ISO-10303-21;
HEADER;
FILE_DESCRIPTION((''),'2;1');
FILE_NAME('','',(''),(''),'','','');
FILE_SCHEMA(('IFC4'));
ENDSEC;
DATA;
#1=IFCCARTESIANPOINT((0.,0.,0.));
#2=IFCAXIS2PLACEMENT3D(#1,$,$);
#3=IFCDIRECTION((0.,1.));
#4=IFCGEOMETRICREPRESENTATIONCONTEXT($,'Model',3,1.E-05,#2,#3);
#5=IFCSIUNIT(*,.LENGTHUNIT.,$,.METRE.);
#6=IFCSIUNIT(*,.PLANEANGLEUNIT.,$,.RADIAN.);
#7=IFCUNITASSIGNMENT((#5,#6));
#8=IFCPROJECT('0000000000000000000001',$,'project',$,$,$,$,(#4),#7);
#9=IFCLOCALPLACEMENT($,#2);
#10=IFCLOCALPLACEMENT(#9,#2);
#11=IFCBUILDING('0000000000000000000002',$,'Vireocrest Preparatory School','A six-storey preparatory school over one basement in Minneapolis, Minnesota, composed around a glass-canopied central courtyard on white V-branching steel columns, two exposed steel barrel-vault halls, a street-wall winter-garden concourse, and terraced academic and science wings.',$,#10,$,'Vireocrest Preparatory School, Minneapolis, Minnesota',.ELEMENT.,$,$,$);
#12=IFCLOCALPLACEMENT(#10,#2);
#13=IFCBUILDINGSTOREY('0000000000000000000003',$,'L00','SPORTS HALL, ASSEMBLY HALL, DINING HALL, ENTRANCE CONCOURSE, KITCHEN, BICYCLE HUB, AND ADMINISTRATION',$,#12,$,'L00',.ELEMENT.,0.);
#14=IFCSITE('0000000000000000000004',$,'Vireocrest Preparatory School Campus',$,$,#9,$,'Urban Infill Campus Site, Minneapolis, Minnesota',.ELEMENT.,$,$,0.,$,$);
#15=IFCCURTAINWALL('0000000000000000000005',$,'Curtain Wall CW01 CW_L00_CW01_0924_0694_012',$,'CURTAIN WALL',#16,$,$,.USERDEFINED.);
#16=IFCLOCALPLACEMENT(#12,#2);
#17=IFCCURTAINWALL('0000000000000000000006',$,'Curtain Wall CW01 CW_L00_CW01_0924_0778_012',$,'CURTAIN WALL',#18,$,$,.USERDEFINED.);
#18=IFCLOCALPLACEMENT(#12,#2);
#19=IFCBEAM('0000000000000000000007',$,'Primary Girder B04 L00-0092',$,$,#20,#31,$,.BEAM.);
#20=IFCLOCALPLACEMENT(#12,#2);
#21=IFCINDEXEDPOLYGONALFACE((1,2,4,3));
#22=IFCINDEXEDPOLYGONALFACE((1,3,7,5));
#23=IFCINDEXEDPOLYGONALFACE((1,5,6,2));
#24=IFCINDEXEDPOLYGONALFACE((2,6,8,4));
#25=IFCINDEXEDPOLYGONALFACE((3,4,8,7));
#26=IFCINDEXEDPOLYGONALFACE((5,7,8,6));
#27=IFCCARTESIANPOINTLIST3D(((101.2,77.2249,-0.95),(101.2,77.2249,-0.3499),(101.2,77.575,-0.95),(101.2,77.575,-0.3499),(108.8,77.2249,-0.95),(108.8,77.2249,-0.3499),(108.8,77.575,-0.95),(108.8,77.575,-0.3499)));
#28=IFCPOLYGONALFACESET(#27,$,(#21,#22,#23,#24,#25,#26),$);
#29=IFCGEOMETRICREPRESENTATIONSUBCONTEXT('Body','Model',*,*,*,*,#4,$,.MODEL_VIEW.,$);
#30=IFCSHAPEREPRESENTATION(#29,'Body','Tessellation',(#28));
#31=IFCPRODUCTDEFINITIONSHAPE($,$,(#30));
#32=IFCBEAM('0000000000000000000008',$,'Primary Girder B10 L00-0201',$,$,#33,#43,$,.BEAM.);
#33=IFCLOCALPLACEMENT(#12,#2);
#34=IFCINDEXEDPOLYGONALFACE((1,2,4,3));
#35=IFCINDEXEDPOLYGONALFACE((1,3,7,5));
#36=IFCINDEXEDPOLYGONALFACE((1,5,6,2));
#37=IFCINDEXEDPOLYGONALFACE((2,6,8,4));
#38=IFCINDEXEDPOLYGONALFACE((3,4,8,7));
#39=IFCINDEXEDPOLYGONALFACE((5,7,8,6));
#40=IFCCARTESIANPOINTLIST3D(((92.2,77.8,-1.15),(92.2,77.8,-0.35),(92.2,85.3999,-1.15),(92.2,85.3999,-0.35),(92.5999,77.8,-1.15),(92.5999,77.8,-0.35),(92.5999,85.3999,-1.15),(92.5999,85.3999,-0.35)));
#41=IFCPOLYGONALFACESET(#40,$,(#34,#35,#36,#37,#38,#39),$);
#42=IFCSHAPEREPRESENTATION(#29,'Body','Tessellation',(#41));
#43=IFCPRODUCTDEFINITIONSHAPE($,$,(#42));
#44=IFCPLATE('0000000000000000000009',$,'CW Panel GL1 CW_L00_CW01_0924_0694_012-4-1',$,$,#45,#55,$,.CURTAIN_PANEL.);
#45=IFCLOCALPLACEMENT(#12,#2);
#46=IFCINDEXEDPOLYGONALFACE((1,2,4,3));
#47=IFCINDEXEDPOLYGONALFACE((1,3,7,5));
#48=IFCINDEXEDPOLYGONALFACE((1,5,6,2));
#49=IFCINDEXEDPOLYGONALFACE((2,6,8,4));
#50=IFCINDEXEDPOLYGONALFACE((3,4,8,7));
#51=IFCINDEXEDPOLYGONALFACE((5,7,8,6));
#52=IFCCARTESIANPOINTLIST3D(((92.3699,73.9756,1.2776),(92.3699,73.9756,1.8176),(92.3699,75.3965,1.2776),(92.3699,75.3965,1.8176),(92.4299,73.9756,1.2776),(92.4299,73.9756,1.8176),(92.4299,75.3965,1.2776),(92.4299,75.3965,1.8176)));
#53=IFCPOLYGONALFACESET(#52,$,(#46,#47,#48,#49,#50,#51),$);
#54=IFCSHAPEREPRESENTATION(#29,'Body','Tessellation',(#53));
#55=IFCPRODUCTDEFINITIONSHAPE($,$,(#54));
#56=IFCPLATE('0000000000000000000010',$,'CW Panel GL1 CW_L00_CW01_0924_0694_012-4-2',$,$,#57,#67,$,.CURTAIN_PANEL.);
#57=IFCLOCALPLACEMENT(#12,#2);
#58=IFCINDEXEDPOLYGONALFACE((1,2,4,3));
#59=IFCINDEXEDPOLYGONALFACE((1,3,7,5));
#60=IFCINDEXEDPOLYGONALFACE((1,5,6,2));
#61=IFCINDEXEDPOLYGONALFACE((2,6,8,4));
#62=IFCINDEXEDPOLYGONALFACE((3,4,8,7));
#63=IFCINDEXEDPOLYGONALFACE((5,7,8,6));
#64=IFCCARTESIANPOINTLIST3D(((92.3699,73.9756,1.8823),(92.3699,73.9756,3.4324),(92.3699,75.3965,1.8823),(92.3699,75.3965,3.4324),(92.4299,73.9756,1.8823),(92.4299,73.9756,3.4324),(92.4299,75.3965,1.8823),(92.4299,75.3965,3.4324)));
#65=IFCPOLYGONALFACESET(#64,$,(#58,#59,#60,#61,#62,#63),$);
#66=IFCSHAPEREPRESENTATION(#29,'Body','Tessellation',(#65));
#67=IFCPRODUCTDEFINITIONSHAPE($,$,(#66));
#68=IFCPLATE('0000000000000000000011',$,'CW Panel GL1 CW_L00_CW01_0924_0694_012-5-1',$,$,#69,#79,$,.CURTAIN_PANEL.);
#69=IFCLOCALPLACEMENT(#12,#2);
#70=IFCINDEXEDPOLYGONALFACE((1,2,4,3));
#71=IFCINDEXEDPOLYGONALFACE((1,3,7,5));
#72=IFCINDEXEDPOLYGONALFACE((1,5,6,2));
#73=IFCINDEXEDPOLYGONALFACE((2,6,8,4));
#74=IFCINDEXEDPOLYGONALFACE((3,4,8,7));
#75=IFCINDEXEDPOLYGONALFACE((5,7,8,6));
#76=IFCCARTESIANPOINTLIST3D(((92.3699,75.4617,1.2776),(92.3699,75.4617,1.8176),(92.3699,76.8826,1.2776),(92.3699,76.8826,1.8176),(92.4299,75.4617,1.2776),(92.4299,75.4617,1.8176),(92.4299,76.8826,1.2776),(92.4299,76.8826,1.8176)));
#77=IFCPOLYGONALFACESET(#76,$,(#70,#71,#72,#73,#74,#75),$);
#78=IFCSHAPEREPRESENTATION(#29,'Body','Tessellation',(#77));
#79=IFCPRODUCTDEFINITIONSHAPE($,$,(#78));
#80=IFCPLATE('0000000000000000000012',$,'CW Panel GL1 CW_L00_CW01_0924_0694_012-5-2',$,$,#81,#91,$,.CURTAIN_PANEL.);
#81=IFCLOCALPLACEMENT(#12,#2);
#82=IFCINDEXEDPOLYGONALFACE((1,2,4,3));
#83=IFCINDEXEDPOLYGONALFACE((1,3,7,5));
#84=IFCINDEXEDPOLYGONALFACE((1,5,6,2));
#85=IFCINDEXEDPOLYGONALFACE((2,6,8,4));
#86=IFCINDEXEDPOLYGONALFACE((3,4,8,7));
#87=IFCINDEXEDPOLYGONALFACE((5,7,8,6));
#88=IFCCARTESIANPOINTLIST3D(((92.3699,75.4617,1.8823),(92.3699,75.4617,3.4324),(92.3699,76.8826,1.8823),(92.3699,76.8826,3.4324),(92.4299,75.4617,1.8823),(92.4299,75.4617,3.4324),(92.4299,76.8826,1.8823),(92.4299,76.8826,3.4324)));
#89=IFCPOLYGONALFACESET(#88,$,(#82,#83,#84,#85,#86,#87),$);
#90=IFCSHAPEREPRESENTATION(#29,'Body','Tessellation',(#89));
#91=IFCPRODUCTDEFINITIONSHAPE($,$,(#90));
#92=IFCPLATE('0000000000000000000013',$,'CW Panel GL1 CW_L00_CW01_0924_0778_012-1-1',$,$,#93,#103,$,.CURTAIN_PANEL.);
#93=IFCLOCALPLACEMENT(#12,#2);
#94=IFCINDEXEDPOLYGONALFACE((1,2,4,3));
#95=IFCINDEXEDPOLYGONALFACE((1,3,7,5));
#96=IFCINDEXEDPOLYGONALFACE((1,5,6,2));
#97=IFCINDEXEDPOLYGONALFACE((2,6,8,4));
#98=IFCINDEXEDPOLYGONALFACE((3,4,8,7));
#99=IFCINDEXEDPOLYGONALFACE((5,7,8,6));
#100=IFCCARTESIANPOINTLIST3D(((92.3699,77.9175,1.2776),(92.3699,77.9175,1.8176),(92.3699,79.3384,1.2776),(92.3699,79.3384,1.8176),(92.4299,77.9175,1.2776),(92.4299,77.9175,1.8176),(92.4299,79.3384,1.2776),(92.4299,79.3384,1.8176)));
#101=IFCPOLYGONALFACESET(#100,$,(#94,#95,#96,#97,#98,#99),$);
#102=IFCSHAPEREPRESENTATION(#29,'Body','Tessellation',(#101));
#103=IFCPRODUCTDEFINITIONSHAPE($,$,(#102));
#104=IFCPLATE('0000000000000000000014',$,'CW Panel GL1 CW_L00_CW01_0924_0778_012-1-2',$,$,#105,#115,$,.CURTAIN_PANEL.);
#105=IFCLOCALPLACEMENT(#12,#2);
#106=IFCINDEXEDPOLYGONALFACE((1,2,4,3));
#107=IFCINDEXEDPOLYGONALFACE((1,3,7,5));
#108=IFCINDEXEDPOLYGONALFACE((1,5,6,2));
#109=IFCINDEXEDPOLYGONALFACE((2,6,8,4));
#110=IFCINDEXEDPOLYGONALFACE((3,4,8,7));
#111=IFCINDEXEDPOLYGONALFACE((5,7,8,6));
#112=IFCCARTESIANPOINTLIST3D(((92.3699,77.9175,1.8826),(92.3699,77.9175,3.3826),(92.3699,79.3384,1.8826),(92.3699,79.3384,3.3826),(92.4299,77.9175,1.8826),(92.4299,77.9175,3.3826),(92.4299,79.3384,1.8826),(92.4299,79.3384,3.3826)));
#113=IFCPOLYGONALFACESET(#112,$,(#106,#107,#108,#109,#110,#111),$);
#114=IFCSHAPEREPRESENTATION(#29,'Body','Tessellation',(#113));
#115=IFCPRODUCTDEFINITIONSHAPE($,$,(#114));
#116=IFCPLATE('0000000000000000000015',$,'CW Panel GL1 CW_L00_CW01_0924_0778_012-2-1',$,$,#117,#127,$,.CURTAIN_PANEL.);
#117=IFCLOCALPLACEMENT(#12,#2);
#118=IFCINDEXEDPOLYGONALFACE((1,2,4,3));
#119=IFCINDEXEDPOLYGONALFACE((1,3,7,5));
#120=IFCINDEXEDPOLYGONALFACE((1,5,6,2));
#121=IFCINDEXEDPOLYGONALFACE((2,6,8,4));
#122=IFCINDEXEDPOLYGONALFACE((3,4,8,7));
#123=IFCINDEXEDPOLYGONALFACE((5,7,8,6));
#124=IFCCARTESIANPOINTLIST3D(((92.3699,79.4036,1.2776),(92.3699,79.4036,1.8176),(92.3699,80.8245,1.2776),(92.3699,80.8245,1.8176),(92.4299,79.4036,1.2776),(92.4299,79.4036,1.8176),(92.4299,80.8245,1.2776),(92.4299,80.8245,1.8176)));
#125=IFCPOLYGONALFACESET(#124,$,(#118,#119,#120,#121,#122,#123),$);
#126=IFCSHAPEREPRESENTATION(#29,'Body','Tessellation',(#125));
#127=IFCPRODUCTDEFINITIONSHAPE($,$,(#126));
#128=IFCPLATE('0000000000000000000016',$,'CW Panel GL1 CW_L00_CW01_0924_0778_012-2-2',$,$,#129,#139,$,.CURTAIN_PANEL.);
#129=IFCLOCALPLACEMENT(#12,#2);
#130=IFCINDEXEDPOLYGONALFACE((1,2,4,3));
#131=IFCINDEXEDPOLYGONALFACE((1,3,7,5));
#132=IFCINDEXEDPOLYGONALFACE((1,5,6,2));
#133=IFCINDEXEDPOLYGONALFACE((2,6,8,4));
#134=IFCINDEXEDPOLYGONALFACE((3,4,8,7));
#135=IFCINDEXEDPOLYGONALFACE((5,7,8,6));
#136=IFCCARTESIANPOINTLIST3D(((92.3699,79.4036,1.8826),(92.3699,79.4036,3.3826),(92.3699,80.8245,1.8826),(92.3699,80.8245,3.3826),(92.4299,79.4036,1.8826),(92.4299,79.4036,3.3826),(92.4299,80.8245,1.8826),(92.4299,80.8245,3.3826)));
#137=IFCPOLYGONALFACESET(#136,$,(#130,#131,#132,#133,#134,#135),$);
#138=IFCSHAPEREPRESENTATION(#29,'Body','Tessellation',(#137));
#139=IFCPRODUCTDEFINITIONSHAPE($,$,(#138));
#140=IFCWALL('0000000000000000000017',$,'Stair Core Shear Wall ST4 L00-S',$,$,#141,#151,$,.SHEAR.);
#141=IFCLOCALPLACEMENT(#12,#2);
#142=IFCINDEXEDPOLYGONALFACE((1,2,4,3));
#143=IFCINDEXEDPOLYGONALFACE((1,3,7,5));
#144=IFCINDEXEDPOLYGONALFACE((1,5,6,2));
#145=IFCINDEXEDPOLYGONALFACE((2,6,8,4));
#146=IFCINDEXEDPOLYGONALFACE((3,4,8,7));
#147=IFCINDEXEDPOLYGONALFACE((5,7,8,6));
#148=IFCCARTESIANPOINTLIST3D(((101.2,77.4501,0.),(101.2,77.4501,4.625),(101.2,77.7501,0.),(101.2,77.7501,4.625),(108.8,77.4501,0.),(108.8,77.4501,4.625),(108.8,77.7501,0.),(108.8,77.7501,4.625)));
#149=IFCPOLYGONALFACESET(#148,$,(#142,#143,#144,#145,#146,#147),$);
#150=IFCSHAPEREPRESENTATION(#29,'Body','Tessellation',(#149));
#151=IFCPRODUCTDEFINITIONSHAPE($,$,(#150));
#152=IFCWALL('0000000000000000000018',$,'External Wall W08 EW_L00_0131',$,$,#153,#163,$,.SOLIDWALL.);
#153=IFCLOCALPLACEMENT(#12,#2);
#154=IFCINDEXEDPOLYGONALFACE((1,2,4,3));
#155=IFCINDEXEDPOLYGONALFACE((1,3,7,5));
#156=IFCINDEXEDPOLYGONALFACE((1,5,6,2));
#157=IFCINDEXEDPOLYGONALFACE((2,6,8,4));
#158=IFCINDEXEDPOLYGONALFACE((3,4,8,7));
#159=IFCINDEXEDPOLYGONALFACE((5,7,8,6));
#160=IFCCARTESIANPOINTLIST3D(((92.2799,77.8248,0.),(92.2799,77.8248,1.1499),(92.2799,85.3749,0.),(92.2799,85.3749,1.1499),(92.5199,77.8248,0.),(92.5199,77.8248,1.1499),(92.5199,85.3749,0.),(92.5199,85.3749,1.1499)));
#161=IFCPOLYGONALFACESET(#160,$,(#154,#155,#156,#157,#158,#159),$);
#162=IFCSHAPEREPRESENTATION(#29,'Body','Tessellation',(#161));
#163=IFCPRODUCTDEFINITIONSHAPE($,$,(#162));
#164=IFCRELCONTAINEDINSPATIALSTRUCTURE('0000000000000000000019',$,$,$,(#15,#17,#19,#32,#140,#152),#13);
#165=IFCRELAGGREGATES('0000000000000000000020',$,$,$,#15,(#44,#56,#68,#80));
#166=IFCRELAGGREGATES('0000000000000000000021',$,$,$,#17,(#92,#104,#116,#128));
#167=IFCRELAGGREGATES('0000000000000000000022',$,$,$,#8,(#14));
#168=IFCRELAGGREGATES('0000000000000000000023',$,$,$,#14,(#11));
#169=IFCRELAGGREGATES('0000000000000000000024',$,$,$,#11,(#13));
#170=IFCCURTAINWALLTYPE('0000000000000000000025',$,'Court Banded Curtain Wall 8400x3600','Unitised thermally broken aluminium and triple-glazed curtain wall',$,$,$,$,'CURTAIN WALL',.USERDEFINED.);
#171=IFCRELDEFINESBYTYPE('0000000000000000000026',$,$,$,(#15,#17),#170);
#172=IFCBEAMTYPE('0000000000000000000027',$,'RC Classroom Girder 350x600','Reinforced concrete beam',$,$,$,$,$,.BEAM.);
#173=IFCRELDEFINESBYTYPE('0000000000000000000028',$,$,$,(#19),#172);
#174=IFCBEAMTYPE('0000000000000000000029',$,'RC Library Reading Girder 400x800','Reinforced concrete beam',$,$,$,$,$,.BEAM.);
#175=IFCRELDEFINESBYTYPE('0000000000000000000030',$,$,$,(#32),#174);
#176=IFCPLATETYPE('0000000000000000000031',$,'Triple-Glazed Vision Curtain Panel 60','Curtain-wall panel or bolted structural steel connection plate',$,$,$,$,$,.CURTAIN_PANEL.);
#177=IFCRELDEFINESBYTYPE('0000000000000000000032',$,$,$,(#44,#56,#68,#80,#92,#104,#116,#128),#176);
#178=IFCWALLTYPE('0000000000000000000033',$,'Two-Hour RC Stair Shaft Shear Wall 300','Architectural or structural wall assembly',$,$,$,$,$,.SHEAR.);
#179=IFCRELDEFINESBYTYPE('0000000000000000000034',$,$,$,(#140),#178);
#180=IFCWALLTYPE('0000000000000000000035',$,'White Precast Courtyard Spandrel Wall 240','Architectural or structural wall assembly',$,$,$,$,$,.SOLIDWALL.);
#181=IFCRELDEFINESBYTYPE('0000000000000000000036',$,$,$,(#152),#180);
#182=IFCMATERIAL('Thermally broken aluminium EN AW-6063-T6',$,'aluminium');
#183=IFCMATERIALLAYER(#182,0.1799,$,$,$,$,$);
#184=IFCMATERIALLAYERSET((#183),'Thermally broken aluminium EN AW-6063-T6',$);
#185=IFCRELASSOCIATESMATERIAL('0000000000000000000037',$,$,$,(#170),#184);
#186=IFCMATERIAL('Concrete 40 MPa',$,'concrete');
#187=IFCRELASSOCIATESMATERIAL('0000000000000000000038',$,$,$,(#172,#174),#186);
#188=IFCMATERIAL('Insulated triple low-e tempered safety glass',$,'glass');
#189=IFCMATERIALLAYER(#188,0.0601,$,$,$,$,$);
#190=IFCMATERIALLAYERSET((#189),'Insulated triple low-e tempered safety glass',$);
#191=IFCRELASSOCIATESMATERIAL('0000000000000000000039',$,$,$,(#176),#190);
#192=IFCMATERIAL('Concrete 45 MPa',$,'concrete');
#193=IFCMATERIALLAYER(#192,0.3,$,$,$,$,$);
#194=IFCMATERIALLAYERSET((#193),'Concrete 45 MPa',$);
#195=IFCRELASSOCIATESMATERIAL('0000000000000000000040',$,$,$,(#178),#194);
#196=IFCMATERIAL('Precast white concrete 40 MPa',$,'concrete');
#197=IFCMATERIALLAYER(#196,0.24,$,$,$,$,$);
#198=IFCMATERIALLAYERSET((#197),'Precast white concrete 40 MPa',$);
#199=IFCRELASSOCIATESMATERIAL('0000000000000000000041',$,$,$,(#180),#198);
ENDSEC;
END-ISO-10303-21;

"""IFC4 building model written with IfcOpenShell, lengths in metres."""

from ifc_helpers import new_model, si_unit, direction, frame, frame_2d, origin, origin_2d, place, context, subcontext, project, spatial, rectangle, extrude, material, layer, layer_set, material_profile, profile_set, type_object, element, aggregate, save


model = new_model("IFC4")

# Units and contexts
model_context = context("Model", 3, precision=1e-05, world=origin(), true_north=direction((0.0, 1.0)))
body_context = subcontext(model_context, "Body", "Model", "MODEL_VIEW")
ifc_project = project(units=[si_unit("LENGTHUNIT", "METRE"), si_unit("PLANEANGLEUNIT", "RADIAN")], contexts=[model_context])

# Site, building, storey
site_placement = place(None, origin())
site = spatial("IfcSite", under=ifc_project, at=site_placement, Name="Vireocrest Preparatory School Campus", LongName="Urban Infill Campus Site, Minneapolis, Minnesota", CompositionType="ELEMENT", RefElevation=0.0)
building_placement = place(site_placement, origin())
building = spatial("IfcBuilding", under=site, at=building_placement, Name="Vireocrest Preparatory School", Description="A six-storey preparatory school over one basement in Minneapolis, Minnesota, composed around a glass-canopied central courtyard on white V-branching steel columns, two exposed steel barrel-vault halls, a street-wall winter-garden concourse, and terraced academic and science wings.", LongName="Vireocrest Preparatory School, Minneapolis, Minnesota", CompositionType="ELEMENT")
storey_placement = place(building_placement, origin())
storey = spatial("IfcBuildingStorey", under=building, at=storey_placement, Name="L00", Description="SPORTS HALL, ASSEMBLY HALL, DINING HALL, ENTRANCE CONCOURSE, KITCHEN, BICYCLE HUB, AND ADMINISTRATION", LongName="L00", CompositionType="ELEMENT", Elevation=0.0)

# Shared definitions
ifc_material_1 = material(Name="Concrete 45 MPa", Category="concrete")

# Curtain walls
ifc_material_2 = material(Name="Thermally broken aluminium EN AW-6063-T6", Category="aluminium")
ifc_layer_1 = layer(ifc_material_2, 0.1799)
ifc_layer_set_1 = layer_set([ifc_layer_1], Name="Thermally broken aluminium EN AW-6063-T6")
curtain_wall_type = type_object("IfcCurtainWallType", Name="Court Banded Curtain Wall 8400x3600", Description="Unitised thermally broken aluminium and triple-glazed curtain wall", ElementType="CURTAIN WALL", PredefinedType="USERDEFINED", material=ifc_layer_set_1)
curtain_wall_1_placement = place(storey_placement, origin())
curtain_wall_1 = element("IfcCurtainWall", 1, at=curtain_wall_1_placement, inside=storey, type_object=curtain_wall_type, Name="Curtain Wall CW01 CW_L00_CW01_0924_0694_012", ObjectType="CURTAIN WALL", PredefinedType="USERDEFINED")
curtain_wall_2_placement = place(storey_placement, origin())
curtain_wall_2 = element("IfcCurtainWall", 2, at=curtain_wall_2_placement, inside=storey, type_object=curtain_wall_type, Name="Curtain Wall CW01 CW_L00_CW01_0924_0778_012", ObjectType="CURTAIN WALL", PredefinedType="USERDEFINED")

# Beams
ifc_material_3 = material(Name="Concrete 40 MPa", Category="concrete")
ifc_material_profile_1 = material_profile(ifc_material_3, rectangle(XDim=0.3501, YDim=0.6001, at=origin_2d()), Name="RC 350x600")
ifc_profile_set_1 = profile_set([ifc_material_profile_1], Name="Concrete 40 MPa")
beam_type_1 = type_object("IfcBeamType", Name="RC Classroom Girder 350x600", Description="Reinforced concrete beam", PredefinedType="BEAM", material=ifc_profile_set_1)
beam_1_placement = place(storey_placement, frame((101.2, 77.3999, -0.6499), z_axis=(1.0, 0.0, 0.0), x_axis=(0.0, 1.0, 0.0)))
element("IfcBeam", 3, at=beam_1_placement, inside=storey, type_object=beam_type_1, Name="Primary Girder B04 L00-0092", PredefinedType="BEAM", context=body_context, shape_type="SweptSolid", body=[
    extrude(rectangle(XDim=0.3501, YDim=0.6001, at=origin_2d()), origin(), (0.0, 0.0, 1.0), 7.6001),
])
ifc_material_profile_2 = material_profile(ifc_material_3, rectangle(XDim=0.3999, YDim=0.8, at=origin_2d()), Name="RC 400x800")
ifc_profile_set_2 = profile_set([ifc_material_profile_2], Name="Concrete 40 MPa")
beam_type_2 = type_object("IfcBeamType", Name="RC Library Reading Girder 400x800", Description="Reinforced concrete beam", PredefinedType="BEAM", material=ifc_profile_set_2)
beam_2_placement = place(storey_placement, frame((92.3999, 77.8, -0.75), z_axis=(0.0, 1.0, 0.0), x_axis=(-1.0, 0.0, 0.0)))
element("IfcBeam", 4, at=beam_2_placement, inside=storey, type_object=beam_type_2, Name="Primary Girder B10 L00-0201", PredefinedType="BEAM", context=body_context, shape_type="SweptSolid", body=[
    extrude(rectangle(XDim=0.3999, YDim=0.8, at=origin_2d()), origin(), (0.0, 0.0, 1.0), 7.5999),
])

# Plates
ifc_material_4 = material(Name="Insulated triple low-e tempered safety glass", Category="glass")
ifc_layer_2 = layer(ifc_material_4, 0.0601)
ifc_layer_set_2 = layer_set([ifc_layer_2], Name="Insulated triple low-e tempered safety glass")
plate_type = type_object("IfcPlateType", Name="Triple-Glazed Vision Curtain Panel 60", Description="Curtain-wall panel or bolted structural steel connection plate", PredefinedType="CURTAIN_PANEL", material=ifc_layer_set_2)
plate_1_placement = place(storey_placement, frame((92.3999, 74.686, 1.2776), z_axis=(0.0, 0.0, 1.0), x_axis=(0.0, 1.0, 0.0)))
plate_1 = element("IfcPlate", 5, at=plate_1_placement, type_object=plate_type, Name="CW Panel GL1 CW_L00_CW01_0924_0694_012-4-1", PredefinedType="CURTAIN_PANEL", context=body_context, shape_type="SweptSolid", body=[
    extrude(rectangle(XDim=1.4209, YDim=0.0601, at=origin_2d()), origin(), (0.0, 0.0, 1.0), 0.54),
])
plate_2_placement = place(storey_placement, frame((92.3999, 74.686, 1.8823), z_axis=(0.0, 0.0, 1.0), x_axis=(0.0, 1.0, 0.0)))
plate_2 = element("IfcPlate", 6, at=plate_2_placement, type_object=plate_type, Name="CW Panel GL1 CW_L00_CW01_0924_0694_012-4-2", PredefinedType="CURTAIN_PANEL", context=body_context, shape_type="SweptSolid", body=[
    extrude(rectangle(XDim=1.4209, YDim=0.0601, at=origin_2d()), origin(), (0.0, 0.0, 1.0), 1.55),
])
plate_3_placement = place(storey_placement, frame((92.3999, 76.1721, 1.2776), z_axis=(0.0, 0.0, 1.0), x_axis=(0.0, 1.0, 0.0)))
plate_3 = element("IfcPlate", 7, at=plate_3_placement, type_object=plate_type, Name="CW Panel GL1 CW_L00_CW01_0924_0694_012-5-1", PredefinedType="CURTAIN_PANEL", context=body_context, shape_type="SweptSolid", body=[
    extrude(rectangle(XDim=1.4209, YDim=0.0601, at=origin_2d()), origin(), (0.0, 0.0, 1.0), 0.54),
])
plate_4_placement = place(storey_placement, frame((92.3999, 76.1721, 1.8823), z_axis=(0.0, 0.0, 1.0), x_axis=(0.0, 1.0, 0.0)))
plate_4 = element("IfcPlate", 8, at=plate_4_placement, type_object=plate_type, Name="CW Panel GL1 CW_L00_CW01_0924_0694_012-5-2", PredefinedType="CURTAIN_PANEL", context=body_context, shape_type="SweptSolid", body=[
    extrude(rectangle(XDim=1.4209, YDim=0.0601, at=origin_2d()), origin(), (0.0, 0.0, 1.0), 1.55),
])
aggregate(curtain_wall_1, [plate_1, plate_2, plate_3, plate_4])
plate_5_placement = place(storey_placement, frame((92.3999, 78.6279, 1.2776), z_axis=(0.0, 0.0, 1.0), x_axis=(0.0, 1.0, 0.0)))
plate_5 = element("IfcPlate", 9, at=plate_5_placement, type_object=plate_type, Name="CW Panel GL1 CW_L00_CW01_0924_0778_012-1-1", PredefinedType="CURTAIN_PANEL", context=body_context, shape_type="SweptSolid", body=[
    extrude(rectangle(XDim=1.4209, YDim=0.0601, at=origin_2d()), origin(), (0.0, 0.0, 1.0), 0.54),
])
plate_6_placement = place(storey_placement, frame((92.3999, 78.6279, 1.8826), z_axis=(0.0, 0.0, 1.0), x_axis=(0.0, 1.0, 0.0)))
plate_6 = element("IfcPlate", 10, at=plate_6_placement, type_object=plate_type, Name="CW Panel GL1 CW_L00_CW01_0924_0778_012-1-2", PredefinedType="CURTAIN_PANEL", context=body_context, shape_type="SweptSolid", body=[
    extrude(rectangle(XDim=1.4209, YDim=0.0601, at=origin_2d()), origin(), (0.0, 0.0, 1.0), 1.5),
])
plate_7_placement = place(storey_placement, frame((92.3999, 80.114, 1.2776), z_axis=(0.0, 0.0, 1.0), x_axis=(0.0, 1.0, 0.0)))
plate_7 = element("IfcPlate", 11, at=plate_7_placement, type_object=plate_type, Name="CW Panel GL1 CW_L00_CW01_0924_0778_012-2-1", PredefinedType="CURTAIN_PANEL", context=body_context, shape_type="SweptSolid", body=[
    extrude(rectangle(XDim=1.4209, YDim=0.0601, at=origin_2d()), origin(), (0.0, 0.0, 1.0), 0.54),
])
plate_8_placement = place(storey_placement, frame((92.3999, 80.114, 1.8826), z_axis=(0.0, 0.0, 1.0), x_axis=(0.0, 1.0, 0.0)))
plate_8 = element("IfcPlate", 12, at=plate_8_placement, type_object=plate_type, Name="CW Panel GL1 CW_L00_CW01_0924_0778_012-2-2", PredefinedType="CURTAIN_PANEL", context=body_context, shape_type="SweptSolid", body=[
    extrude(rectangle(XDim=1.4209, YDim=0.0601, at=origin_2d()), origin(), (0.0, 0.0, 1.0), 1.5),
])
aggregate(curtain_wall_2, [plate_5, plate_6, plate_7, plate_8])

# Walls
ifc_layer_3 = layer(ifc_material_1, 0.3)
ifc_layer_set_3 = layer_set([ifc_layer_3], Name="Concrete 45 MPa")
wall_type_1 = type_object("IfcWallType", Name="Two-Hour RC Stair Shaft Shear Wall 300", Description="Architectural or structural wall assembly", PredefinedType="SHEAR", material=ifc_layer_set_3)
wall_1_placement = place(storey_placement, frame((101.2, 77.6001, 0.0), z_axis=(0.0, 0.0, 1.0), x_axis=(1.0, 0.0, 0.0)))
element("IfcWall", 13, at=wall_1_placement, inside=storey, type_object=wall_type_1, Name="Stair Core Shear Wall ST4 L00-S", PredefinedType="SHEAR", context=body_context, shape_type="SweptSolid", body=[
    extrude(rectangle(XDim=7.6001, YDim=0.3, at=frame_2d((3.8, 0.0))), origin(), (0.0, 0.0, 1.0), 4.625),
])
ifc_material_5 = material(Name="Precast white concrete 40 MPa", Category="concrete")
ifc_layer_4 = layer(ifc_material_5, 0.24)
ifc_layer_set_4 = layer_set([ifc_layer_4], Name="Precast white concrete 40 MPa")
wall_type_2 = type_object("IfcWallType", Name="White Precast Courtyard Spandrel Wall 240", Description="Architectural or structural wall assembly", PredefinedType="SOLIDWALL", material=ifc_layer_set_4)
wall_2_placement = place(storey_placement, frame((92.3999, 77.825, 0.0), z_axis=(0.0, 0.0, 1.0), x_axis=(0.0, 1.0, 0.0)))
element("IfcWall", 14, at=wall_2_placement, inside=storey, type_object=wall_type_2, Name="External Wall W08 EW_L00_0131", PredefinedType="SOLIDWALL", context=body_context, shape_type="SweptSolid", body=[
    extrude(rectangle(XDim=7.55, YDim=0.24, at=frame_2d((3.7749, 0.0))), origin(), (0.0, 0.0, 1.0), 1.1499),
])

save(model, "model.ifc")
